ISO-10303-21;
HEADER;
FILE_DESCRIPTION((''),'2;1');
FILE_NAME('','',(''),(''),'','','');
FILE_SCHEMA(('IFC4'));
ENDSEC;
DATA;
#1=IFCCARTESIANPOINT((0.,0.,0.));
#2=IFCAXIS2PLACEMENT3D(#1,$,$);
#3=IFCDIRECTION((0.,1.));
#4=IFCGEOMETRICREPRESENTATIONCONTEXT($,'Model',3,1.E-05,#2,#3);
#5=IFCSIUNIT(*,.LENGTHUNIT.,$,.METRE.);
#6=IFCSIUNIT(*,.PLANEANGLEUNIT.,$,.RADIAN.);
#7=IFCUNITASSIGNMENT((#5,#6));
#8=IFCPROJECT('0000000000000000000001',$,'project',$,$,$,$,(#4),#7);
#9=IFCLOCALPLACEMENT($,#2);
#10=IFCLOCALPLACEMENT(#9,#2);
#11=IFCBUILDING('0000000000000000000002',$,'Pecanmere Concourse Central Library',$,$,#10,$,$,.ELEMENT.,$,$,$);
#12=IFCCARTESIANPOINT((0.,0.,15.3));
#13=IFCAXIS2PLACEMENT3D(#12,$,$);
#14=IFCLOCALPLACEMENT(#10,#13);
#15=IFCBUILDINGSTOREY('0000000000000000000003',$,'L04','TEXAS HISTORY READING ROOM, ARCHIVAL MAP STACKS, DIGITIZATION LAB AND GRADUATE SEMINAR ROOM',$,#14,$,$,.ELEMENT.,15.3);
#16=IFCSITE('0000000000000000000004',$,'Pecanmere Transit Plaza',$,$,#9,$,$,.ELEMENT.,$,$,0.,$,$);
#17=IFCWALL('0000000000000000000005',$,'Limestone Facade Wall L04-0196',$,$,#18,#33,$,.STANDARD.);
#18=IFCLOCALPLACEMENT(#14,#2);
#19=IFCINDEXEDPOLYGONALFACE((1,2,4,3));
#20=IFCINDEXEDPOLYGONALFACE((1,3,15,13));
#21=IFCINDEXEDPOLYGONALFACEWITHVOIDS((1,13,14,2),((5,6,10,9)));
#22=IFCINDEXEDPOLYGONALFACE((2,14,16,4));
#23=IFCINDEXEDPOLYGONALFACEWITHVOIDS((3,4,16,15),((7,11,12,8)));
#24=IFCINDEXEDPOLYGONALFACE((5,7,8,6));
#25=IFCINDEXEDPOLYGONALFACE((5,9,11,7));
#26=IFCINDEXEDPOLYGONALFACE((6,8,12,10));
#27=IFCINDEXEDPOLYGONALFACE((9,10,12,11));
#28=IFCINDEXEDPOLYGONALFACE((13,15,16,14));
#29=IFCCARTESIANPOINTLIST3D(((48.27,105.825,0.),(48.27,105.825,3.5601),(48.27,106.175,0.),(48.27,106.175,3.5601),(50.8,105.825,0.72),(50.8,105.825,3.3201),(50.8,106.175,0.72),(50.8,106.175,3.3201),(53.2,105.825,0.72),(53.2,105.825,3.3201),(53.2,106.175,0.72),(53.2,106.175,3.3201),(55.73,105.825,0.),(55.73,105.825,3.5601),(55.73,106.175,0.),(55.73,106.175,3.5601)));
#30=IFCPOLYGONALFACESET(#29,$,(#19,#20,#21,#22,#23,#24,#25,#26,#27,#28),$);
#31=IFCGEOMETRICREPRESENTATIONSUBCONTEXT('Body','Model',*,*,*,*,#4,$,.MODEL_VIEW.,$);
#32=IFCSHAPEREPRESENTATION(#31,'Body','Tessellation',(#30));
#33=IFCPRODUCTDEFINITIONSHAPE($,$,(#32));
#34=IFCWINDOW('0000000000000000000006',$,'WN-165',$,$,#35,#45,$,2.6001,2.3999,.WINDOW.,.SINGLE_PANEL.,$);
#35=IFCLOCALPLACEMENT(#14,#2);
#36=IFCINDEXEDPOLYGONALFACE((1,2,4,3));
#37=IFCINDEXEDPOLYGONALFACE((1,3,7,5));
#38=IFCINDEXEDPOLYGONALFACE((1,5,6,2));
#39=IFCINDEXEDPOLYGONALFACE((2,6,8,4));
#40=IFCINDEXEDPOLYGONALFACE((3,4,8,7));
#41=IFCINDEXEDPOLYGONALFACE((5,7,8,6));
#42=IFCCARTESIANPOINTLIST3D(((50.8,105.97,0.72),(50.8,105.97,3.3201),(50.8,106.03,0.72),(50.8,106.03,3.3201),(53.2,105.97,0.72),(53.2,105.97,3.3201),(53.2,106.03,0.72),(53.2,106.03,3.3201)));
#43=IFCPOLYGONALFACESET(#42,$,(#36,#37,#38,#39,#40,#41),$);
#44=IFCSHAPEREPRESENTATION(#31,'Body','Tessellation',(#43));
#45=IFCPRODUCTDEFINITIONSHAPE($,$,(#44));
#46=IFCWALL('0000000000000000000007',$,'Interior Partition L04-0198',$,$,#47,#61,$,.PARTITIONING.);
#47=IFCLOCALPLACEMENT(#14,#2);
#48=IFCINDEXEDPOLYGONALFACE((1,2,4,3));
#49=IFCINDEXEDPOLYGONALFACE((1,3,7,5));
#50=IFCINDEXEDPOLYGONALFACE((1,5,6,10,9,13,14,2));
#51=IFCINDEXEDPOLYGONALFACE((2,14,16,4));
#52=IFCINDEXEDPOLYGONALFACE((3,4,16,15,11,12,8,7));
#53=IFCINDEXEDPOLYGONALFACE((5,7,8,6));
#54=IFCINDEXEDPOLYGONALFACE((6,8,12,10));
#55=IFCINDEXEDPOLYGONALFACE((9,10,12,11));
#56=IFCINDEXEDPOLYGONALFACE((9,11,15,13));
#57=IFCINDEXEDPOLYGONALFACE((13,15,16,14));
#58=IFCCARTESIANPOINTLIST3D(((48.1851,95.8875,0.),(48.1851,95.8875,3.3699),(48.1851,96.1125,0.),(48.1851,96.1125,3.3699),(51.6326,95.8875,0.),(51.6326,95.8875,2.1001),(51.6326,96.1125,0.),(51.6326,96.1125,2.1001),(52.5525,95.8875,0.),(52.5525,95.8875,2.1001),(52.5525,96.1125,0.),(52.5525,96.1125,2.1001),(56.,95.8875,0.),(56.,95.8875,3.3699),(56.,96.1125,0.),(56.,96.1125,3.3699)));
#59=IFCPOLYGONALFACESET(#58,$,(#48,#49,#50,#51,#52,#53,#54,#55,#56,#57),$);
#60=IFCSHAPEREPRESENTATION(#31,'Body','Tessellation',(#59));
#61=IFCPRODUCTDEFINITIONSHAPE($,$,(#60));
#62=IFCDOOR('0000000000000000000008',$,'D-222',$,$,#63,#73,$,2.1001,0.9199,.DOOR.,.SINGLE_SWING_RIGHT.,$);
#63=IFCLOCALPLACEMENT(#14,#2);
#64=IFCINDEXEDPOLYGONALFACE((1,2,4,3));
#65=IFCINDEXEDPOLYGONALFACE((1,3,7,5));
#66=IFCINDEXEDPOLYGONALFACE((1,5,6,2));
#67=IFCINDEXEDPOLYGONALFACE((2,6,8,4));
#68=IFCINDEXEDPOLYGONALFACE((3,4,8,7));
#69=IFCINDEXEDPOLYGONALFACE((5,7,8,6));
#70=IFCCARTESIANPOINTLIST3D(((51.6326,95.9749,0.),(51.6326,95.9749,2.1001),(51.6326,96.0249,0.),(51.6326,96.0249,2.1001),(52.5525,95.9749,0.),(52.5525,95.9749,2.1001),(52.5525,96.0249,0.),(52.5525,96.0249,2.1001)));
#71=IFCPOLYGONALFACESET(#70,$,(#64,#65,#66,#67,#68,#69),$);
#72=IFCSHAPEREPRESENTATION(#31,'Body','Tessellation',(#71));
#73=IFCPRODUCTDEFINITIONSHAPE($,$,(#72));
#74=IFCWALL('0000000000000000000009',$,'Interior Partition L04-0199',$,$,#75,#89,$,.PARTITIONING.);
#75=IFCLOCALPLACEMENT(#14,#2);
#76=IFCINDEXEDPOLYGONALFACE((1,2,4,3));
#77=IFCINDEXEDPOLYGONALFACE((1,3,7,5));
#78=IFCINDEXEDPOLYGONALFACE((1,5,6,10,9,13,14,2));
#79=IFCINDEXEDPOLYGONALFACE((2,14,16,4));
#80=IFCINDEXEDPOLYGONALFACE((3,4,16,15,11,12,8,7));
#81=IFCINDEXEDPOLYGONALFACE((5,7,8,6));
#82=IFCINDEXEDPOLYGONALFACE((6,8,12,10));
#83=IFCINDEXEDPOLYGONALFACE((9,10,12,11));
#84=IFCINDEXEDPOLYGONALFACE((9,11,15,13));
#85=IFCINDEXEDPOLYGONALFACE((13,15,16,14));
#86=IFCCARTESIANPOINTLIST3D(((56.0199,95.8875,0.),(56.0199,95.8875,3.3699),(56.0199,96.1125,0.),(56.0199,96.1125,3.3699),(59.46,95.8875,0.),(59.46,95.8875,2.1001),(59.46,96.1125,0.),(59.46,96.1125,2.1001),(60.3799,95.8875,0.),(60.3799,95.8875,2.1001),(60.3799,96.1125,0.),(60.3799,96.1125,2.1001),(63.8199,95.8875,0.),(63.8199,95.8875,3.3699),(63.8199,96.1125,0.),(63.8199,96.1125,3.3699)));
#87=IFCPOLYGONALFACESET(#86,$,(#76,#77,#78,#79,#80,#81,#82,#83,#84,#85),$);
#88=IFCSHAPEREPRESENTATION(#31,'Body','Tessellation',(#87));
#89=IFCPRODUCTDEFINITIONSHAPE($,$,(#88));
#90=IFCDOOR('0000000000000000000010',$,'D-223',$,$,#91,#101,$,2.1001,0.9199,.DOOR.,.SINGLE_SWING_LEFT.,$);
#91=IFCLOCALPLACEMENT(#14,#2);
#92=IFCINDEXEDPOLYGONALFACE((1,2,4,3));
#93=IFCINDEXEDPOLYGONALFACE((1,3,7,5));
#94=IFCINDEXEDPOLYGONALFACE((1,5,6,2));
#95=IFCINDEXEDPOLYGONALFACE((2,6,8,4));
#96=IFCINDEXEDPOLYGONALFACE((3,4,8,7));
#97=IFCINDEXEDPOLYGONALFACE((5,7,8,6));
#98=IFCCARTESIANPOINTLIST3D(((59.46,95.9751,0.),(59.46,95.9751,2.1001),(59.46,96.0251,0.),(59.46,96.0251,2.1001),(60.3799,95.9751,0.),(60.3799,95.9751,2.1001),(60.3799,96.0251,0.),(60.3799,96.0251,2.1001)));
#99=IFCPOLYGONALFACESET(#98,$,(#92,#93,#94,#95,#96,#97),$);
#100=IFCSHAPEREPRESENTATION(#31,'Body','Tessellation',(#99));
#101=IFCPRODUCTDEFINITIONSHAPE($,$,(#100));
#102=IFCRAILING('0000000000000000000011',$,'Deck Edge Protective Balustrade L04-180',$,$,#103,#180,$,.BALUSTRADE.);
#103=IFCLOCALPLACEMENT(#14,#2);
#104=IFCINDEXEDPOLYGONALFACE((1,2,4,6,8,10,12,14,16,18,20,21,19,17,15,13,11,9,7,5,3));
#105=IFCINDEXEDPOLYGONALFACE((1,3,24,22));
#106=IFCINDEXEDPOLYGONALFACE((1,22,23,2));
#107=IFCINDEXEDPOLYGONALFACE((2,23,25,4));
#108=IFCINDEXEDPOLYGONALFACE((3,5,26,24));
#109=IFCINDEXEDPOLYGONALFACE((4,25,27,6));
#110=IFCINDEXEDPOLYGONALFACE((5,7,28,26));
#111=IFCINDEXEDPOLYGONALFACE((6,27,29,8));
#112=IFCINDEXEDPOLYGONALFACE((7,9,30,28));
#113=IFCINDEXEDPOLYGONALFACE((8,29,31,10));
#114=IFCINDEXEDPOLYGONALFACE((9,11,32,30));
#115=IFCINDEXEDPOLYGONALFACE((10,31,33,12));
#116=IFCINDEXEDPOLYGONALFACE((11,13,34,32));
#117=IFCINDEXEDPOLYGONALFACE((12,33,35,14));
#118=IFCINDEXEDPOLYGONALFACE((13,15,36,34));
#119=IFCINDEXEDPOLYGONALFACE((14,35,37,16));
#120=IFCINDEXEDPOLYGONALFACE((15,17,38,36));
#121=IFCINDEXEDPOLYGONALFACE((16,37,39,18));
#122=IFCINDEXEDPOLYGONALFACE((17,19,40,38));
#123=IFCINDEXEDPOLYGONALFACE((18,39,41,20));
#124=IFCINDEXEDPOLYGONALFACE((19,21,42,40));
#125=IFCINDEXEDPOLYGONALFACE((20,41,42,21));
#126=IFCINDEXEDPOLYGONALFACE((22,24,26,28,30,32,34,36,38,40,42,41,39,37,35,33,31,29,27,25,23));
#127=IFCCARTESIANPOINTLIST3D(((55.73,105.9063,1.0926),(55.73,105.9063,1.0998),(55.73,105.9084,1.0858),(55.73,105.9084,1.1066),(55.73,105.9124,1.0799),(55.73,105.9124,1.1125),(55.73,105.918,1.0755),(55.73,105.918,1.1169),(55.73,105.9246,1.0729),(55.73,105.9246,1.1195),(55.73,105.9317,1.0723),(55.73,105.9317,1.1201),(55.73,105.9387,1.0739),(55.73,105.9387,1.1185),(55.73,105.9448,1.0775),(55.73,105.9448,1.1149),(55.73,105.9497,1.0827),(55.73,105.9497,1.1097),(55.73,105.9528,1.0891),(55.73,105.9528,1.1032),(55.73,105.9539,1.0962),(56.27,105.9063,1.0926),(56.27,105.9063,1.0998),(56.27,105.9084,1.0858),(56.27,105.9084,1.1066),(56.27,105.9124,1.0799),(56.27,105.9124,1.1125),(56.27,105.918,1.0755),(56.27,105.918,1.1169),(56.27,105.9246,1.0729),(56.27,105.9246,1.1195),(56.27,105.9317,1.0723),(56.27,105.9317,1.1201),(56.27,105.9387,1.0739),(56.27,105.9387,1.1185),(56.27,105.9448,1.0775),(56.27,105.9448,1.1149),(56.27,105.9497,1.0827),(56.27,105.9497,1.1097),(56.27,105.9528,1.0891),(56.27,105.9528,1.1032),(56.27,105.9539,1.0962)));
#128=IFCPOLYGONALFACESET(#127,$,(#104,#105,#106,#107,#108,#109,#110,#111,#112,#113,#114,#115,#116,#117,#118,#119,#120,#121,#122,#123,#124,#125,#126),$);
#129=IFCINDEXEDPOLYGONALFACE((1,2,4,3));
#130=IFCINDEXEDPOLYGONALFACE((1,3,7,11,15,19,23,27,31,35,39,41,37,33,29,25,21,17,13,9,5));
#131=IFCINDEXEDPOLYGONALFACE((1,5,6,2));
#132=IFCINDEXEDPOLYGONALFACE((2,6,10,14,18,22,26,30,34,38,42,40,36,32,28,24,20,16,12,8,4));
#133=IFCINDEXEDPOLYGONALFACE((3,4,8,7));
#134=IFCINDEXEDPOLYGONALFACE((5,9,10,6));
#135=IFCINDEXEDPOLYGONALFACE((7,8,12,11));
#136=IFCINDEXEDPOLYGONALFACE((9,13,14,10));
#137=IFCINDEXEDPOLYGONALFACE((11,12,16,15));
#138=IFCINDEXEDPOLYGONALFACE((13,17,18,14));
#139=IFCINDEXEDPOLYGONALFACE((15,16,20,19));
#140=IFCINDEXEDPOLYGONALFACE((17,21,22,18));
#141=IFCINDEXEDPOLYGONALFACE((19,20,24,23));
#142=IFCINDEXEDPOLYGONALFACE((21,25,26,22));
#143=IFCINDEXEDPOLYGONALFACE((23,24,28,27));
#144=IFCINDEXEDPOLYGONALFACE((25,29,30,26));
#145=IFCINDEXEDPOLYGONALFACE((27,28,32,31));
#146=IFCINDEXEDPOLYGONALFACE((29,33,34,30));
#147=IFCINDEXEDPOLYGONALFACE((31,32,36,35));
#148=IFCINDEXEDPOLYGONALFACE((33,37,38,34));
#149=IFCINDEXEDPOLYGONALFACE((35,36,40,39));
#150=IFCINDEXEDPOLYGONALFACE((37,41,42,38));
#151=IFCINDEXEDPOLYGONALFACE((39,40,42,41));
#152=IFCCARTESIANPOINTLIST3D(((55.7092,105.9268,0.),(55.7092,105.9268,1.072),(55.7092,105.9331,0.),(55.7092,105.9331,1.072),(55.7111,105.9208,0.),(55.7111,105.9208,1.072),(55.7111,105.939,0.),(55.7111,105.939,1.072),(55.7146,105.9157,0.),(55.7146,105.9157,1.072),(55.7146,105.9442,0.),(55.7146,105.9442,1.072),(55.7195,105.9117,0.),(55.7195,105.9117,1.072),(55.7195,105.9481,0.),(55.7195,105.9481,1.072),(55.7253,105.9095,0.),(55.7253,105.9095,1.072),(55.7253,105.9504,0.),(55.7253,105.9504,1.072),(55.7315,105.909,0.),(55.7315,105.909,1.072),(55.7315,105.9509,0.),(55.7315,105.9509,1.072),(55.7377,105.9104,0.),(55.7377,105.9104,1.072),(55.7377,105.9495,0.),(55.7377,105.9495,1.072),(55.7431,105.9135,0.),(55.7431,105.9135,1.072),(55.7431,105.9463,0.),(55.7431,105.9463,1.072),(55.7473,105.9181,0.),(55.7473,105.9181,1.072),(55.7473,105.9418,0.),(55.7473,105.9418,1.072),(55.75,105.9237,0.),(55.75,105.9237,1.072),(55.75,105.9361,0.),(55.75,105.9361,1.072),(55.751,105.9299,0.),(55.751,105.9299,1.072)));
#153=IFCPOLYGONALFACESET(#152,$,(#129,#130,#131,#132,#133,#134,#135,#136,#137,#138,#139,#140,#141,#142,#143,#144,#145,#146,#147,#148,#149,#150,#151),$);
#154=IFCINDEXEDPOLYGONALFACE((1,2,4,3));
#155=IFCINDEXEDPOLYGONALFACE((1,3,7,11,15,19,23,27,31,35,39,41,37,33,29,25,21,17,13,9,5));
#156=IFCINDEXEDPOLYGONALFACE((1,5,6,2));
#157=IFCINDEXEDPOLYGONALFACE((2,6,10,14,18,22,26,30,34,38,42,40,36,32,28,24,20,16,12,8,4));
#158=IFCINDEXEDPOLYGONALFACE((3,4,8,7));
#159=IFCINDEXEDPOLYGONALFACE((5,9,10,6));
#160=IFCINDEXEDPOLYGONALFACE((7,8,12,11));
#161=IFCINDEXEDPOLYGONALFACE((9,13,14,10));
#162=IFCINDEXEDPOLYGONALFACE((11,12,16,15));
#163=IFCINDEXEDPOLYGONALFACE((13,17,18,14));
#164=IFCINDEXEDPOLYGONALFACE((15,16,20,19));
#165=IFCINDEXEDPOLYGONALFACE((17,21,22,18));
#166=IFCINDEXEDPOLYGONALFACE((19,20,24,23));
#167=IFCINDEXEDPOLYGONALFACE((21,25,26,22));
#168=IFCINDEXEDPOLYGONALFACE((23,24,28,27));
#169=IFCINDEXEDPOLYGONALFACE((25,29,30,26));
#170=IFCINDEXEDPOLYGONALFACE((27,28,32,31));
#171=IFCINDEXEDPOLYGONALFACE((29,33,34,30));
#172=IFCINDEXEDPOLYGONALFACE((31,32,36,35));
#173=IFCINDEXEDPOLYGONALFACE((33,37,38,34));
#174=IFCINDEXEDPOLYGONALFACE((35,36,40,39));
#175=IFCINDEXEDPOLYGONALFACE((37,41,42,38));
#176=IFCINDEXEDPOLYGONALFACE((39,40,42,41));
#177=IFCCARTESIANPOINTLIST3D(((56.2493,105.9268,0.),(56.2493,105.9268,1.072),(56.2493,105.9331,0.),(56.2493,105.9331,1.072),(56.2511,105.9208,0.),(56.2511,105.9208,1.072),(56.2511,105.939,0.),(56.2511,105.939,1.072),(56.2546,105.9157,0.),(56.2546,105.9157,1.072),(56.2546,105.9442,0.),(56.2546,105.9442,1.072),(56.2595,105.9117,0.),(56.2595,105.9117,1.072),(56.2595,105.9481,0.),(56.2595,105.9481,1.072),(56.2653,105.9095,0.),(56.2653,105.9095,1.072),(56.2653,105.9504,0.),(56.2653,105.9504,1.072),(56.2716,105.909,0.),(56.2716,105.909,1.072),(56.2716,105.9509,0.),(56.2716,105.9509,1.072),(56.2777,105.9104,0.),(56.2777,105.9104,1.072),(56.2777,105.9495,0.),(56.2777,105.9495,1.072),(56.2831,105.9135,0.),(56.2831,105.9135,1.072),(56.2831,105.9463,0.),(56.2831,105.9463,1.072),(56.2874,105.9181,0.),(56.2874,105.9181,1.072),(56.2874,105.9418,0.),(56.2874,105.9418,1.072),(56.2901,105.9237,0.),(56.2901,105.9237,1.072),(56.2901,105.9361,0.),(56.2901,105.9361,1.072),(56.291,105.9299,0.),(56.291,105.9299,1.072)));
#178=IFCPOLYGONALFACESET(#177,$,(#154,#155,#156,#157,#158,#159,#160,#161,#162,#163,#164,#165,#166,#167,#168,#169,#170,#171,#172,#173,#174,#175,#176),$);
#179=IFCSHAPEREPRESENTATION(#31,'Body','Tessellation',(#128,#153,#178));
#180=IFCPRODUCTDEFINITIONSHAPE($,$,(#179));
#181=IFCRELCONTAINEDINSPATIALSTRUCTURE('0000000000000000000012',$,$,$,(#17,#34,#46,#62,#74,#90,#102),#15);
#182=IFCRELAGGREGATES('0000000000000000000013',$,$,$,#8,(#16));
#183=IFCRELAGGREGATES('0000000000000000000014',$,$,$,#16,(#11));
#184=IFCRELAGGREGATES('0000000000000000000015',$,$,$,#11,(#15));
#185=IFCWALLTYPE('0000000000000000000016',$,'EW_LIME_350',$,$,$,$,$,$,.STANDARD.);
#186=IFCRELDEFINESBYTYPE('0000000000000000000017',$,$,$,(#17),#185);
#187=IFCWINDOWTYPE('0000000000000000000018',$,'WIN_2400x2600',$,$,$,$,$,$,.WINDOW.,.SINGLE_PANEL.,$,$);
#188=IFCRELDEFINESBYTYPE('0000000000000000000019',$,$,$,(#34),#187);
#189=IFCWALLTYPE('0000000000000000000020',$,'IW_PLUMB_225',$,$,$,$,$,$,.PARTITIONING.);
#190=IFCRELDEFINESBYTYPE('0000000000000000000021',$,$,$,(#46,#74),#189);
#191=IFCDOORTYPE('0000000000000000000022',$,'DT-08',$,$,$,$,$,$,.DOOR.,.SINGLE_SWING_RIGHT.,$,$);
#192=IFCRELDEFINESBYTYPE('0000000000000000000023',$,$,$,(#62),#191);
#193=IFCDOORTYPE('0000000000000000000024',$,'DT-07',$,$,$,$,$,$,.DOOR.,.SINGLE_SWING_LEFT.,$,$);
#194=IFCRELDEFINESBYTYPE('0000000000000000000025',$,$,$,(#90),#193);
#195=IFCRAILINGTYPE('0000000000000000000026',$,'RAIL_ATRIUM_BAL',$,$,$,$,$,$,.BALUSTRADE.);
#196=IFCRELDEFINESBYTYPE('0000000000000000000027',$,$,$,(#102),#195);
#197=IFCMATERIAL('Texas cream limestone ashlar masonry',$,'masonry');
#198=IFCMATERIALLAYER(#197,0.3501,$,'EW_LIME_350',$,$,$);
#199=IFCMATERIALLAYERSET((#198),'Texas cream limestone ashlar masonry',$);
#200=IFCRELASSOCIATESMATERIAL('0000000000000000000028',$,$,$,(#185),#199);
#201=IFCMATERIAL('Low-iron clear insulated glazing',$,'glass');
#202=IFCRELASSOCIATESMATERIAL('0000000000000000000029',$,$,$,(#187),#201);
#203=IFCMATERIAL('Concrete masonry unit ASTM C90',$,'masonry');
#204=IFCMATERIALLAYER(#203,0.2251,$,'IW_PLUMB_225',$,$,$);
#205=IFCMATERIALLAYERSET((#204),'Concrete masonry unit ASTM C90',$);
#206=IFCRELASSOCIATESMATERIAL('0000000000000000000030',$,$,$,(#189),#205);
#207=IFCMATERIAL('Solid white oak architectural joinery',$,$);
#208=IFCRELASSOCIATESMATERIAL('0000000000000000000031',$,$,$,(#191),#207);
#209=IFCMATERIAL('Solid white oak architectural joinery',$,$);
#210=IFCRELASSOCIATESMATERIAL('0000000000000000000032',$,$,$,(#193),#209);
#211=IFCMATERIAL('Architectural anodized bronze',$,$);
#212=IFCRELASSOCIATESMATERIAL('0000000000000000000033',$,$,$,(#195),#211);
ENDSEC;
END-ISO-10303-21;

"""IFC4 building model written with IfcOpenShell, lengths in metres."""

from ifc_helpers import new_model, si_unit, direction, frame, frame_2d, origin, origin_2d, place, context, subcontext, project, spatial, rectangle, circle, extrude, material, layer, layer_set, type_object, element, fill, save


model = new_model("IFC4")

# Units and contexts
model_context = context("Model", 3, precision=1e-05, world=origin(), true_north=direction((0.0, 1.0)))
body_context = subcontext(model_context, "Body", "Model", "MODEL_VIEW")
ifc_project = project(units=[si_unit("LENGTHUNIT", "METRE"), si_unit("PLANEANGLEUNIT", "RADIAN")], contexts=[model_context])

# Site, building, storey
site_placement = place(None, origin())
site = spatial("IfcSite", under=ifc_project, at=site_placement, Name="Pecanmere Transit Plaza", CompositionType="ELEMENT", RefElevation=0.0)
building_placement = place(site_placement, origin())
building = spatial("IfcBuilding", under=site, at=building_placement, Name="Pecanmere Concourse Central Library", CompositionType="ELEMENT")
storey_placement = place(building_placement, frame((0.0, 0.0, 15.3)))
storey = spatial("IfcBuildingStorey", under=building, at=storey_placement, Name="L04", Description="TEXAS HISTORY READING ROOM, ARCHIVAL MAP STACKS, DIGITIZATION LAB AND GRADUATE SEMINAR ROOM", CompositionType="ELEMENT", Elevation=15.3)

# Shared definitions
ifc_material_1 = material(Name="Texas cream limestone ashlar masonry", Category="masonry")
ifc_layer_1 = layer(ifc_material_1, 0.3501, Name="EW_LIME_350")
ifc_layer_set_1 = layer_set([ifc_layer_1], Name="Texas cream limestone ashlar masonry")
wall_type_1 = type_object("IfcWallType", Name="EW_LIME_350", PredefinedType="STANDARD", material=ifc_layer_set_1)

# Wall, opening, window
wall_1_placement = place(storey_placement, frame((55.73, 106.0, 0.0), z_axis=(0.0, 0.0, 1.0), x_axis=(-1.0, 0.0, 0.0)))
wall_1 = element("IfcWall", 1, at=wall_1_placement, inside=storey, type_object=wall_type_1, Name="Limestone Facade Wall L04-0196", PredefinedType="STANDARD", context=body_context, shape_type="SweptSolid", body=[
    extrude(rectangle(XDim=7.46, YDim=0.3501, at=frame_2d((3.73, 0.0))), origin(), (0.0, 0.0, 1.0), 3.5601),
])
opening_1_placement = place(wall_1_placement, frame((2.53, 0.0, 0.72)))
opening_1 = element("IfcOpeningElement", 2, at=opening_1_placement, cuts=wall_1, PredefinedType="OPENING", context=body_context, shape_type="SweptSolid", body=[
    extrude(rectangle(XDim=2.3999, YDim=2.6001, at=frame_2d((1.2, 1.3))), frame((0.0, 0.187, 0.0), z_axis=(0.0, -1.0, 0.0), x_axis=(1.0, 0.0, 0.0)), (0.0, 0.0, 1.0), 0.374),
])
ifc_material_2 = material(Name="Low-iron clear insulated glazing", Category="glass")
window_type_1 = type_object("IfcWindowType", Name="WIN_2400x2600", PartitioningType="SINGLE_PANEL", PredefinedType="WINDOW", material=ifc_material_2)
window_1_placement = place(opening_1_placement, origin())
window_1 = element("IfcWindow", 3, at=window_1_placement, inside=storey, type_object=window_type_1, Name="WN-165", OverallHeight=2.6001, OverallWidth=2.3999, PartitioningType="SINGLE_PANEL", PredefinedType="WINDOW", context=body_context, shape_type="SweptSolid", body=[
    extrude(rectangle(XDim=2.3999, YDim=2.6001, at=frame_2d((1.2, 1.3))), frame((0.0, 0.03, 0.0), z_axis=(0.0, -1.0, 0.0), x_axis=(1.0, 0.0, 0.0)), (0.0, 0.0, 1.0), 0.0601),
])
fill(opening_1, window_1)

# Walls, openings, doors
ifc_material_3 = material(Name="Concrete masonry unit ASTM C90", Category="masonry")
ifc_layer_2 = layer(ifc_material_3, 0.2251, Name="IW_PLUMB_225")
ifc_layer_set_2 = layer_set([ifc_layer_2], Name="Concrete masonry unit ASTM C90")
wall_type_2 = type_object("IfcWallType", Name="IW_PLUMB_225", PredefinedType="PARTITIONING", material=ifc_layer_set_2)
wall_2_placement = place(storey_placement, frame((48.1851, 96.0, 0.0), z_axis=(0.0, 0.0, 1.0), x_axis=(1.0, 0.0, 0.0)))
wall_2 = element("IfcWall", 4, at=wall_2_placement, inside=storey, type_object=wall_type_2, Name="Interior Partition L04-0198", PredefinedType="PARTITIONING", context=body_context, shape_type="SweptSolid", body=[
    extrude(rectangle(XDim=7.8149, YDim=0.2251, at=frame_2d((3.9075, 0.0))), origin(), (0.0, 0.0, 1.0), 3.3699),
])
opening_2_placement = place(wall_2_placement, frame((3.4475, 0.0, 0.0)))
opening_2 = element("IfcOpeningElement", 5, at=opening_2_placement, cuts=wall_2, PredefinedType="OPENING", context=body_context, shape_type="SweptSolid", body=[
    extrude(rectangle(XDim=0.9199, YDim=2.1001, at=frame_2d((0.46, 1.05))), frame((0.0, 0.1245, 0.0), z_axis=(0.0, -1.0, 0.0), x_axis=(1.0, 0.0, 0.0)), (0.0, 0.0, 1.0), 0.249),
])
ifc_material_4 = material(Name="Solid white oak architectural joinery")
door_type_1 = type_object("IfcDoorType", Name="DT-08", OperationType="SINGLE_SWING_RIGHT", PredefinedType="DOOR", material=ifc_material_4)
door_1_placement = place(opening_2_placement, origin())
door_1 = element("IfcDoor", 6, at=door_1_placement, inside=storey, type_object=door_type_1, Name="D-222", OperationType="SINGLE_SWING_RIGHT", OverallHeight=2.1001, OverallWidth=0.9199, PredefinedType="DOOR", context=body_context, shape_type="SweptSolid", body=[
    extrude(rectangle(XDim=0.9199, YDim=2.1001, at=frame_2d((0.46, 1.05))), frame((0.0, 0.0249, 0.0), z_axis=(0.0, -1.0, 0.0), x_axis=(1.0, 0.0, 0.0)), (0.0, 0.0, 1.0), 0.05),
])
fill(opening_2, door_1)
wall_3_placement = place(storey_placement, frame((56.02, 96.0, 0.0), z_axis=(0.0, 0.0, 1.0), x_axis=(1.0, 0.0, 0.0)))
wall_3 = element("IfcWall", 7, at=wall_3_placement, inside=storey, type_object=wall_type_2, Name="Interior Partition L04-0199", PredefinedType="PARTITIONING", context=body_context, shape_type="SweptSolid", body=[
    extrude(rectangle(XDim=7.8, YDim=0.2251, at=frame_2d((3.8999, 0.0))), origin(), (0.0, 0.0, 1.0), 3.3699),
])
opening_3_placement = place(wall_3_placement, frame((3.4399, 0.0, 0.0)))
opening_3 = element("IfcOpeningElement", 8, at=opening_3_placement, cuts=wall_3, PredefinedType="OPENING", context=body_context, shape_type="SweptSolid", body=[
    extrude(rectangle(XDim=0.9199, YDim=2.1001, at=frame_2d((0.46, 1.05))), frame((0.0, 0.1245, 0.0), z_axis=(0.0, -1.0, 0.0), x_axis=(1.0, 0.0, 0.0)), (0.0, 0.0, 1.0), 0.249),
])
ifc_material_5 = material(Name="Solid white oak architectural joinery")
door_type_2 = type_object("IfcDoorType", Name="DT-07", OperationType="SINGLE_SWING_LEFT", PredefinedType="DOOR", material=ifc_material_5)
door_2_placement = place(opening_3_placement, frame((0.9199, 0.0, 0.0), z_axis=(0.0, 0.0, 1.0), x_axis=(-1.0, 0.0, 0.0)))
door_2 = element("IfcDoor", 9, at=door_2_placement, inside=storey, type_object=door_type_2, Name="D-223", OperationType="SINGLE_SWING_LEFT", OverallHeight=2.1001, OverallWidth=0.9199, PredefinedType="DOOR", context=body_context, shape_type="SweptSolid", body=[
    extrude(rectangle(XDim=0.9199, YDim=2.1001, at=frame_2d((0.46, 1.05))), frame((0.0, 0.0249, 0.0), z_axis=(0.0, -1.0, 0.0), x_axis=(1.0, 0.0, 0.0)), (0.0, 0.0, 1.0), 0.05),
])
fill(opening_3, door_2)

# Railing
ifc_material_6 = material(Name="Architectural anodized bronze")
railing_type = type_object("IfcRailingType", Name="RAIL_ATRIUM_BAL", PredefinedType="BALUSTRADE", material=ifc_material_6)
railing_1_placement = place(storey_placement, frame((55.73, 105.9299, 0.0)))
element("IfcRailing", 10, at=railing_1_placement, inside=storey, type_object=railing_type, Name="Deck Edge Protective Balustrade L04-180", PredefinedType="BALUSTRADE", context=body_context, shape_type="SweptSolid", body=[
    extrude(circle(Radius=0.0239, at=origin_2d()), frame((0.0, 0.0, 1.0962), z_axis=(1.0, 0.0, 0.0), x_axis=(0.0, 1.0, 0.0)), (0.0, 0.0, 1.0), 0.54),
    extrude(circle(Radius=0.021, at=origin_2d()), origin(), (0.0, 0.0, 1.0), 1.072),
    extrude(circle(Radius=0.021, at=origin_2d()), frame((0.54, 0.0, 0.0)), (0.0, 0.0, 1.0), 1.072),
])

save(model, "model.ifc")
